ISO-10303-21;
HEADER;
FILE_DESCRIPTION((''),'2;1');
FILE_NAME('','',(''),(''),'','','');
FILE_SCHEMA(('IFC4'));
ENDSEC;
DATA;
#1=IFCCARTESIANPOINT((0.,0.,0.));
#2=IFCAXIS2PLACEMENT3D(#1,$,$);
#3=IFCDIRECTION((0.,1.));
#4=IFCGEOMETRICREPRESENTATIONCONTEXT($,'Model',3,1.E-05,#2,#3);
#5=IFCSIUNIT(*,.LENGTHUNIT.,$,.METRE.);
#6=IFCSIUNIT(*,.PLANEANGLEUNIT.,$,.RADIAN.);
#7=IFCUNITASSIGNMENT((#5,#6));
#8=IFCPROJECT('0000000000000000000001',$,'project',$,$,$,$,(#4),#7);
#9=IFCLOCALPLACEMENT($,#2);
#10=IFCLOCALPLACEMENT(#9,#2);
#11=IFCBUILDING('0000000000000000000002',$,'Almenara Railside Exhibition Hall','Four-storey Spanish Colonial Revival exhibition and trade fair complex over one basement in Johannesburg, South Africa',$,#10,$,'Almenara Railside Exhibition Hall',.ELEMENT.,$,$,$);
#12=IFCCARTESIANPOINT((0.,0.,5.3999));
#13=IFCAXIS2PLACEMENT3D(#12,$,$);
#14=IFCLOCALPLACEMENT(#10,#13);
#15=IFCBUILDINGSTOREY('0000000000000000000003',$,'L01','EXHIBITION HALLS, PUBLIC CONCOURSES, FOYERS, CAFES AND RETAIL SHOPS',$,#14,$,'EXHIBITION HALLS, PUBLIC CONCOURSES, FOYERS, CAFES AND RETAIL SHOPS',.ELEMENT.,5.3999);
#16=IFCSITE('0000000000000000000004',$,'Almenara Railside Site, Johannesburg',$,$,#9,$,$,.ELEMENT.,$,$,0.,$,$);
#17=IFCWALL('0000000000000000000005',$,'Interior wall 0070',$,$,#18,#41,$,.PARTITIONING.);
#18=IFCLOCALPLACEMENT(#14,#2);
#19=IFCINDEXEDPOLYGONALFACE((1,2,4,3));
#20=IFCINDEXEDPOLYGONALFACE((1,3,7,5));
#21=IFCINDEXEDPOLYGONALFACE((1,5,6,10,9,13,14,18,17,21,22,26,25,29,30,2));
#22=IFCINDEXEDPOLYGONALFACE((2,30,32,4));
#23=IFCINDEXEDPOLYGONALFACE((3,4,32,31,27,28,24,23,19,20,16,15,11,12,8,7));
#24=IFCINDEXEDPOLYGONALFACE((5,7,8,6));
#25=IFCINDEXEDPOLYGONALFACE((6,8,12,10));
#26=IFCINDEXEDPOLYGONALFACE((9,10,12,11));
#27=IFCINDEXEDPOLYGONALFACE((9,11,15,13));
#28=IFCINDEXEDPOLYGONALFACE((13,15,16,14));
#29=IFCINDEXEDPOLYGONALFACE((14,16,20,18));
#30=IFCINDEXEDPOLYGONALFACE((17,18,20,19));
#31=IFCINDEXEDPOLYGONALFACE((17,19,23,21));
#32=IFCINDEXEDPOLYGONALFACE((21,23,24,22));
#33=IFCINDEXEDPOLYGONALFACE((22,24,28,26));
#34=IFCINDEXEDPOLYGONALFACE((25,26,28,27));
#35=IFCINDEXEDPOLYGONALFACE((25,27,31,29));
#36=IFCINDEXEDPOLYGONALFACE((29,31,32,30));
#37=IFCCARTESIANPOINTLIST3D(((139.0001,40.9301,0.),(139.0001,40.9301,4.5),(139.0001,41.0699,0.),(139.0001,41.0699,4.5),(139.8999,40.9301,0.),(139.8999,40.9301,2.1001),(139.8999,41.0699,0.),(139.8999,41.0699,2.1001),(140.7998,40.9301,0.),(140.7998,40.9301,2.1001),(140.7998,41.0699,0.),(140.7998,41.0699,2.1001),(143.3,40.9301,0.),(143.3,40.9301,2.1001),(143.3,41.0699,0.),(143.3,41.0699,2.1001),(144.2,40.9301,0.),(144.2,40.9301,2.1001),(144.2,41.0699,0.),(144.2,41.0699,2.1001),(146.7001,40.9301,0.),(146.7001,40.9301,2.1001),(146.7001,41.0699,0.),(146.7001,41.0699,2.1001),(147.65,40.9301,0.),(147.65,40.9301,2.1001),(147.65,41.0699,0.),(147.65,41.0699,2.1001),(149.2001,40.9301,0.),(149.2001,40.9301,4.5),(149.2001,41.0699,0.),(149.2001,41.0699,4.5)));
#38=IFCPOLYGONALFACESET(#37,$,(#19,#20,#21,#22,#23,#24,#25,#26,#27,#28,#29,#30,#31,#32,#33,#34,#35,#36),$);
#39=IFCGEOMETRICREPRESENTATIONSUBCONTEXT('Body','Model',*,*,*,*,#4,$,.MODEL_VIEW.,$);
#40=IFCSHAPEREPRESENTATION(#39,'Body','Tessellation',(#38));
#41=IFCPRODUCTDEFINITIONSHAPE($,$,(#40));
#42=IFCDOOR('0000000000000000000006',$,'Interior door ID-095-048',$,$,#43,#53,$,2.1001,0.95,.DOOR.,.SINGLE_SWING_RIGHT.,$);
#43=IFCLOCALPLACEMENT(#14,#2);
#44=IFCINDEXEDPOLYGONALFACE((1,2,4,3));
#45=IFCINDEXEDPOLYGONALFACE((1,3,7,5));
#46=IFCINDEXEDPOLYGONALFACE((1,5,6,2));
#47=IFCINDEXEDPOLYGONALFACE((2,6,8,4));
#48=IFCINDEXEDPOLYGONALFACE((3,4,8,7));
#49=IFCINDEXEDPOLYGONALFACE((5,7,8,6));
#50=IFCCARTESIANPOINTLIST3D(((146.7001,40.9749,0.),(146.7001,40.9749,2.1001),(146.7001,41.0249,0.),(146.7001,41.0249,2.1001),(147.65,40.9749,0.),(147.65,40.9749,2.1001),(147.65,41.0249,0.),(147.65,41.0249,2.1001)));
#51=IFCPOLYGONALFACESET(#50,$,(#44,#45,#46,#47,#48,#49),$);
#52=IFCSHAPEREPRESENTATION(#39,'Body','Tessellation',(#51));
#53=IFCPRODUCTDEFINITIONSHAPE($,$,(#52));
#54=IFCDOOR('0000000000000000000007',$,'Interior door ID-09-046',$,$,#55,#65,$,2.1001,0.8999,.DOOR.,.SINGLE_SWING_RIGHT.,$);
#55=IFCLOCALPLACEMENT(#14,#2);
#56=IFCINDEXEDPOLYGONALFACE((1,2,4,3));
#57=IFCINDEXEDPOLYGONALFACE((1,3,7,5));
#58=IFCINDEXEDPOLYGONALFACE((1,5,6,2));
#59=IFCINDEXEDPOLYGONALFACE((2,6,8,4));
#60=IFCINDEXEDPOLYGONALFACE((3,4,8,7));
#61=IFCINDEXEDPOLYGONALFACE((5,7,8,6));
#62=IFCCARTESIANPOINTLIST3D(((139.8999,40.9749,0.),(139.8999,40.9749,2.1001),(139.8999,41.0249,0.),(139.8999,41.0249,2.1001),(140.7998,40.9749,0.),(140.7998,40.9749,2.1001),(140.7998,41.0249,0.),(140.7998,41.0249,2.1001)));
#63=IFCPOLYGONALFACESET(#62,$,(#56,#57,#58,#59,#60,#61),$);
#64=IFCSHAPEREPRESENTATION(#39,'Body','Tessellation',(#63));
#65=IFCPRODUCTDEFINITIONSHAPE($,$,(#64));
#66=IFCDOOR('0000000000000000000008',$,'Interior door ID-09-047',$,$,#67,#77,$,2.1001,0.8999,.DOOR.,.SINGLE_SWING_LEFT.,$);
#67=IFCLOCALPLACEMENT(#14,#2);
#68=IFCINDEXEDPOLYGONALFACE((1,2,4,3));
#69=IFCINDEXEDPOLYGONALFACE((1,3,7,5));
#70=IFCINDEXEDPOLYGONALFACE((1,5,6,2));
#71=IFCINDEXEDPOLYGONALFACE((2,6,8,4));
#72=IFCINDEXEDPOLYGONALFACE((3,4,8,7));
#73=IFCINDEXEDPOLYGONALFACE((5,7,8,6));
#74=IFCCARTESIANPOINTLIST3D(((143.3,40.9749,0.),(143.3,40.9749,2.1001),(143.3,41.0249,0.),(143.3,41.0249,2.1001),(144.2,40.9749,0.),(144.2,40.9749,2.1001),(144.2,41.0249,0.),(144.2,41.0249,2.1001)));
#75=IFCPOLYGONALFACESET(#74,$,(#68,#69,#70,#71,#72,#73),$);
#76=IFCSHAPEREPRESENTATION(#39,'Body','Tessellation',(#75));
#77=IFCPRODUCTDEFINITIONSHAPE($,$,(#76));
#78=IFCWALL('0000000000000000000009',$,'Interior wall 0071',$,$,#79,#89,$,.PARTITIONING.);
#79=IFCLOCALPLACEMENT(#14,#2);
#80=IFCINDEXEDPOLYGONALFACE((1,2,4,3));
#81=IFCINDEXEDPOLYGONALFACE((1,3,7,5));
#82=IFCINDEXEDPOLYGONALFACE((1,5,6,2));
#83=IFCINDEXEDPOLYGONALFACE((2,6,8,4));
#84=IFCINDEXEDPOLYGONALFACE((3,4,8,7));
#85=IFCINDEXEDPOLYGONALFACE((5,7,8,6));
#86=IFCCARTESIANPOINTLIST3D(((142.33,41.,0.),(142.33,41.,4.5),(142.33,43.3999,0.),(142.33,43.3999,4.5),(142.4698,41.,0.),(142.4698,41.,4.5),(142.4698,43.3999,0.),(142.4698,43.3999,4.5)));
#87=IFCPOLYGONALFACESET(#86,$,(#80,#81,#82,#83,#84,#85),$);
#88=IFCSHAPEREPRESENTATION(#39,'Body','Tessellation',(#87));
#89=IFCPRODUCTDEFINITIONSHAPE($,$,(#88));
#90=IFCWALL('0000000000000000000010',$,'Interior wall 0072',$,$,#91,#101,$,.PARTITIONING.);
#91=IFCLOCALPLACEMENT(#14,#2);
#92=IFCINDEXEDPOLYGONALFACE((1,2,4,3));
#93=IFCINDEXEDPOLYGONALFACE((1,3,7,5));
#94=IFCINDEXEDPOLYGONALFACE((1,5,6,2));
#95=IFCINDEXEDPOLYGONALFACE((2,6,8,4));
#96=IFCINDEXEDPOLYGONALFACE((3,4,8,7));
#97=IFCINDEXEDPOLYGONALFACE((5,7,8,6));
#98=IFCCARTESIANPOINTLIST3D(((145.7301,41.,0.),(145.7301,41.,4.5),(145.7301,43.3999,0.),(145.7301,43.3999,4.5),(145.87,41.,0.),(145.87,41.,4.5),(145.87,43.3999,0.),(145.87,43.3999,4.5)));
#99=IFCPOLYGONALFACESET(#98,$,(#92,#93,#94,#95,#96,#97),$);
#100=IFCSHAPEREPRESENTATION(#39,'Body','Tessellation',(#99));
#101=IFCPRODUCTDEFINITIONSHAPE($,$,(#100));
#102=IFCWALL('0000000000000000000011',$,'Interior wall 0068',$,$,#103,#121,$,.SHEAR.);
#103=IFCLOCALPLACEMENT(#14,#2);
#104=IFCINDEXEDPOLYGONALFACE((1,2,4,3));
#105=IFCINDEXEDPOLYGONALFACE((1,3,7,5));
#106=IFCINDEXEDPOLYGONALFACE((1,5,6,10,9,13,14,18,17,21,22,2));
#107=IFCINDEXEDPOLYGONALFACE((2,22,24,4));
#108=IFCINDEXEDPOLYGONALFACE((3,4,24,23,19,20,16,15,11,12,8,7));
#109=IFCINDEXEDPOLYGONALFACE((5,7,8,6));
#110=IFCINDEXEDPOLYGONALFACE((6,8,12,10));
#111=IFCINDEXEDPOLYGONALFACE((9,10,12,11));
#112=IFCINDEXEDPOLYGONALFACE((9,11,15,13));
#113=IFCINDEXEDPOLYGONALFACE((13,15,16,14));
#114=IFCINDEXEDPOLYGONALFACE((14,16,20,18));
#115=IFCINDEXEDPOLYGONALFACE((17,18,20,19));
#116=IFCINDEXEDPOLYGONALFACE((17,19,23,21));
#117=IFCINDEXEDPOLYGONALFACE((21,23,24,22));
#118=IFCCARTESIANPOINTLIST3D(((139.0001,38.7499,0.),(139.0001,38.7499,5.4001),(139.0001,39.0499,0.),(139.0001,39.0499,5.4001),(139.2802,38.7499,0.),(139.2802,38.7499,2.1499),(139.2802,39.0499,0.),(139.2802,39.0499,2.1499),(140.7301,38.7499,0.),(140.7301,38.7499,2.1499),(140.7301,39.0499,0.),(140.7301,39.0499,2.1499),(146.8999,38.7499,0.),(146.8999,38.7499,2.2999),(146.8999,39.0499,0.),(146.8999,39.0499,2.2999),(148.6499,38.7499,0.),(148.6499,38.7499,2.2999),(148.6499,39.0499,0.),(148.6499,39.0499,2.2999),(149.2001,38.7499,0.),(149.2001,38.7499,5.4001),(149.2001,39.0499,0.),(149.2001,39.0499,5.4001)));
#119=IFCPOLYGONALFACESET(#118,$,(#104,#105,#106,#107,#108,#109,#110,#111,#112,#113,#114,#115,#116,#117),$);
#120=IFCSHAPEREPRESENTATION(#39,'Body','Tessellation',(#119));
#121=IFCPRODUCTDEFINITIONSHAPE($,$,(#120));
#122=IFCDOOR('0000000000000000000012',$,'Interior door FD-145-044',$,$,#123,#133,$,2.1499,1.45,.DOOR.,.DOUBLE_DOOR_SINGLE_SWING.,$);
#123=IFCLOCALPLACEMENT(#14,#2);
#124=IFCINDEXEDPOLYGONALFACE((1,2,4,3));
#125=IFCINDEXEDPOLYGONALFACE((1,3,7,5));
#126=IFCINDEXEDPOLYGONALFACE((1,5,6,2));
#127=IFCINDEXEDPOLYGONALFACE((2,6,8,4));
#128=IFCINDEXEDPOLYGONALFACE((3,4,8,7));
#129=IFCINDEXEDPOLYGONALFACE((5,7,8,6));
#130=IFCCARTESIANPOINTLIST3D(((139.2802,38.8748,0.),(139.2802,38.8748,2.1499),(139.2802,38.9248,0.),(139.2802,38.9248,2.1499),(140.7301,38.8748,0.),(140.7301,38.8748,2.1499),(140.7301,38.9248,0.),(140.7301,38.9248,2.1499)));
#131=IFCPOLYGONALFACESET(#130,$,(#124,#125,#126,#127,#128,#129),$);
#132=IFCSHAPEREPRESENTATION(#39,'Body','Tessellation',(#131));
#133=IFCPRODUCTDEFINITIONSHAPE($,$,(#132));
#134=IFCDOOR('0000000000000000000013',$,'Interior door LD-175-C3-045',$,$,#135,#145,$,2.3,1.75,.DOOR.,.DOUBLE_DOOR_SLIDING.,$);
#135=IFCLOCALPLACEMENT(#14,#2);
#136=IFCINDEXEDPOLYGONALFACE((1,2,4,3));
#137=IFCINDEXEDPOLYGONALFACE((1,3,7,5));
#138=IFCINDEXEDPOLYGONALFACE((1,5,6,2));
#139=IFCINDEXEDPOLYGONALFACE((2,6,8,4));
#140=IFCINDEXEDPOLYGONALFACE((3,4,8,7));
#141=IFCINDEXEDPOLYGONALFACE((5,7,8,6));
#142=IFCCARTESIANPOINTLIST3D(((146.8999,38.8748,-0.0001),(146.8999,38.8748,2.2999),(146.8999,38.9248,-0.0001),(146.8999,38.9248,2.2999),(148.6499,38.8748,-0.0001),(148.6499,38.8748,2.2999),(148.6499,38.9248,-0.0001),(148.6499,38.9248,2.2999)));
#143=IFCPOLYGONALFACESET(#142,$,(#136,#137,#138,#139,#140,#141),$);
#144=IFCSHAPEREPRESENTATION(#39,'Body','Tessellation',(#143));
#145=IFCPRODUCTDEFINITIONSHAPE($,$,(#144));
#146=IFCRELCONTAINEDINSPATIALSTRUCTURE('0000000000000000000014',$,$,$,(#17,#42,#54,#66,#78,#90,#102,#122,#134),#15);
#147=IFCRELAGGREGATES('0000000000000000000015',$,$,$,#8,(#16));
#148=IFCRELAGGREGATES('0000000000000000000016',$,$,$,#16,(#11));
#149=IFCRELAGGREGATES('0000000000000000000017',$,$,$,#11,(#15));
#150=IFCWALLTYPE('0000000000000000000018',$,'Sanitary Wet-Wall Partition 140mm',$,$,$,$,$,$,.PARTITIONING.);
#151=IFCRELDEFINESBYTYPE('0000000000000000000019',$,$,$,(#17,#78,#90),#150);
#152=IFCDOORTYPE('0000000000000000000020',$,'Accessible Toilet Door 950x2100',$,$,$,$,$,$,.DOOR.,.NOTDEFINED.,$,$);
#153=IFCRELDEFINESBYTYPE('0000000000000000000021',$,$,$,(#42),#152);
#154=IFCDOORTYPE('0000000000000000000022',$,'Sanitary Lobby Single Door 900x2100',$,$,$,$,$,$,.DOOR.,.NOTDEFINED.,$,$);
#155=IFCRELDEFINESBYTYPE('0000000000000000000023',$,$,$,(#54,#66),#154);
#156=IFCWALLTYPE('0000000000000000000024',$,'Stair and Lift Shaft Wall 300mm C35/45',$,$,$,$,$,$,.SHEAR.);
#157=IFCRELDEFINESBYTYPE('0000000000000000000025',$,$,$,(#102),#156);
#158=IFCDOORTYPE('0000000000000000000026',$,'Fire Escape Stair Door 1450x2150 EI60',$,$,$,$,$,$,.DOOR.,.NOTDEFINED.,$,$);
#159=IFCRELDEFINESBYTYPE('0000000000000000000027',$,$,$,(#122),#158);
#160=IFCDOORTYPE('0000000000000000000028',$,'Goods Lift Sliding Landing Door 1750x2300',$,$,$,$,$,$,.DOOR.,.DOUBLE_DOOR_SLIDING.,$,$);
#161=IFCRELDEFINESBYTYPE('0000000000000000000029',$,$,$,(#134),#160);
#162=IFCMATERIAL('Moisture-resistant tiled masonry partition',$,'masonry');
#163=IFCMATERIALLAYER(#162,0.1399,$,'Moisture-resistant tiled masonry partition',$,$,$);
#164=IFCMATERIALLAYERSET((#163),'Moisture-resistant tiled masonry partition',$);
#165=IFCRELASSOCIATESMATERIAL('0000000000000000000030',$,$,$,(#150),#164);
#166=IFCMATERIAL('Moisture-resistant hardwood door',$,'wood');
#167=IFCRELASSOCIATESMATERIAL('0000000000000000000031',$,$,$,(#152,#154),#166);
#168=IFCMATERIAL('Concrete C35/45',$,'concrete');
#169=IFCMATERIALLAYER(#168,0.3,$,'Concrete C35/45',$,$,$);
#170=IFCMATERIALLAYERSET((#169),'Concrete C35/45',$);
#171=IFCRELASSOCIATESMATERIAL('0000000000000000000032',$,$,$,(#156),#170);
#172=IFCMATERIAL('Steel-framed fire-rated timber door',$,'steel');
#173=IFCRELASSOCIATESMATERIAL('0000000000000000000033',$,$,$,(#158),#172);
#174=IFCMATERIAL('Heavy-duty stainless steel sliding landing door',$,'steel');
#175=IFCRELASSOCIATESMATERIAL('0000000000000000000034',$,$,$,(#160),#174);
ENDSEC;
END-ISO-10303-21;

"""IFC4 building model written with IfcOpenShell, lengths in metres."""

from ifc_helpers import new_model, si_unit, direction, frame, frame_2d, origin, place, context, subcontext, project, spatial, rectangle, extrude, material, layer, layer_set, type_object, element, fill, save


model = new_model("IFC4")

# Units and contexts
model_context = context("Model", 3, precision=1e-05, world=origin(), true_north=direction((0.0, 1.0)))
body_context = subcontext(model_context, "Body", "Model", "MODEL_VIEW")
ifc_project = project(units=[si_unit("LENGTHUNIT", "METRE"), si_unit("PLANEANGLEUNIT", "RADIAN")], contexts=[model_context])

# Site, building, storey
site_placement = place(None, origin())
site = spatial("IfcSite", under=ifc_project, at=site_placement, Name="Almenara Railside Site, Johannesburg", CompositionType="ELEMENT", RefElevation=0.0)
building_placement = place(site_placement, origin())
building = spatial("IfcBuilding", under=site, at=building_placement, Name="Almenara Railside Exhibition Hall", Description="Four-storey Spanish Colonial Revival exhibition and trade fair complex over one basement in Johannesburg, South Africa", LongName="Almenara Railside Exhibition Hall", CompositionType="ELEMENT")
storey_placement = place(building_placement, frame((0.0, 0.0, 5.3999)))
storey = spatial("IfcBuildingStorey", under=building, at=storey_placement, Name="L01", Description="EXHIBITION HALLS, PUBLIC CONCOURSES, FOYERS, CAFES AND RETAIL SHOPS", LongName="EXHIBITION HALLS, PUBLIC CONCOURSES, FOYERS, CAFES AND RETAIL SHOPS", CompositionType="ELEMENT", Elevation=5.3999)

# Shared definitions
ifc_material_1 = material(Name="Concrete C35/45", Category="concrete")

# Wall, openings, doors
ifc_material_2 = material(Name="Moisture-resistant tiled masonry partition", Category="masonry")
ifc_layer_1 = layer(ifc_material_2, 0.1399, Name="Moisture-resistant tiled masonry partition")
ifc_layer_set_1 = layer_set([ifc_layer_1], Name="Moisture-resistant tiled masonry partition")
wall_type_1 = type_object("IfcWallType", Name="Sanitary Wet-Wall Partition 140mm", PredefinedType="PARTITIONING", material=ifc_layer_set_1)
wall_1_placement = place(storey_placement, frame((139.0, 41.0, 0.0), z_axis=(0.0, 0.0, 1.0), x_axis=(1.0, 0.0, 0.0)))
wall_1 = element("IfcWall", 1, at=wall_1_placement, inside=storey, type_object=wall_type_1, Name="Interior wall 0070", PredefinedType="PARTITIONING", context=body_context, shape_type="SweptSolid", body=[
    extrude(rectangle(XDim=10.2, YDim=0.1399, at=frame_2d((5.1001, 0.0))), origin(), (0.0, 0.0, 1.0), 4.5),
])
opening_1_placement = place(wall_1_placement, frame((0.8999, 0.0, 0.0)))
opening_1 = element("IfcOpeningElement", 2, at=opening_1_placement, cuts=wall_1, PredefinedType="OPENING", context=body_context, shape_type="SweptSolid", body=[
    extrude(rectangle(XDim=0.8999, YDim=2.1001, at=frame_2d((0.45, 1.05))), frame((0.0, 0.0798, 0.0), z_axis=(0.0, -1.0, 0.0), x_axis=(1.0, 0.0, 0.0)), (0.0, 0.0, 1.0), 0.1599),
])
opening_2_placement = place(wall_1_placement, frame((4.3, 0.0, 0.0)))
opening_2 = element("IfcOpeningElement", 3, at=opening_2_placement, cuts=wall_1, PredefinedType="OPENING", context=body_context, shape_type="SweptSolid", body=[
    extrude(rectangle(XDim=0.8999, YDim=2.1001, at=frame_2d((0.45, 1.05))), frame((0.0, 0.0798, 0.0), z_axis=(0.0, -1.0, 0.0), x_axis=(1.0, 0.0, 0.0)), (0.0, 0.0, 1.0), 0.1599),
])
opening_3_placement = place(wall_1_placement, frame((7.7, 0.0, 0.0)))
opening_3 = element("IfcOpeningElement", 4, at=opening_3_placement, cuts=wall_1, PredefinedType="OPENING", context=body_context, shape_type="SweptSolid", body=[
    extrude(rectangle(XDim=0.95, YDim=2.1001, at=frame_2d((0.4751, 1.05))), frame((0.0, 0.0798, 0.0), z_axis=(0.0, -1.0, 0.0), x_axis=(1.0, 0.0, 0.0)), (0.0, 0.0, 1.0), 0.1599),
])
ifc_material_3 = material(Name="Moisture-resistant hardwood door", Category="wood")
door_type_1 = type_object("IfcDoorType", Name="Accessible Toilet Door 950x2100", OperationType="NOTDEFINED", PredefinedType="DOOR", material=ifc_material_3)
door_1_placement = place(opening_3_placement, origin())
door_1 = element("IfcDoor", 5, at=door_1_placement, inside=storey, type_object=door_type_1, Name="Interior door ID-095-048", OperationType="SINGLE_SWING_RIGHT", OverallHeight=2.1001, OverallWidth=0.95, PredefinedType="DOOR", context=body_context, shape_type="SweptSolid", body=[
    extrude(rectangle(XDim=0.95, YDim=2.1001, at=frame_2d((0.4751, 1.05))), frame((0.0, 0.0249, 0.0), z_axis=(0.0, -1.0, 0.0), x_axis=(1.0, 0.0, 0.0)), (0.0, 0.0, 1.0), 0.05),
])
fill(opening_3, door_1)
door_type_2 = type_object("IfcDoorType", Name="Sanitary Lobby Single Door 900x2100", OperationType="NOTDEFINED", PredefinedType="DOOR", material=ifc_material_3)
door_2_placement = place(opening_1_placement, origin())
door_2 = element("IfcDoor", 6, at=door_2_placement, inside=storey, type_object=door_type_2, Name="Interior door ID-09-046", OperationType="SINGLE_SWING_RIGHT", OverallHeight=2.1001, OverallWidth=0.8999, PredefinedType="DOOR", context=body_context, shape_type="SweptSolid", body=[
    extrude(rectangle(XDim=0.8999, YDim=2.1001, at=frame_2d((0.45, 1.05))), frame((0.0, 0.0249, 0.0), z_axis=(0.0, -1.0, 0.0), x_axis=(1.0, 0.0, 0.0)), (0.0, 0.0, 1.0), 0.05),
])
fill(opening_1, door_2)
door_3_placement = place(opening_2_placement, origin())
door_3 = element("IfcDoor", 7, at=door_3_placement, inside=storey, type_object=door_type_2, Name="Interior door ID-09-047", OperationType="SINGLE_SWING_LEFT", OverallHeight=2.1001, OverallWidth=0.8999, PredefinedType="DOOR", context=body_context, shape_type="SweptSolid", body=[
    extrude(rectangle(XDim=0.8999, YDim=2.1001, at=frame_2d((0.45, 1.05))), frame((0.0, 0.0249, 0.0), z_axis=(0.0, -1.0, 0.0), x_axis=(1.0, 0.0, 0.0)), (0.0, 0.0, 1.0), 0.05),
])
fill(opening_2, door_3)

# Walls
for number, where, z_axis, x_axis, name in (
    (8, (142.3999, 41.0, 0.0), (0.0, 0.0, 1.0), (0.0, 1.0, 0.0), "Interior wall 0071"),
    (9, (145.8, 41.0, 0.0), (0.0, 0.0, 1.0), (0.0, 1.0, 0.0), "Interior wall 0072"),
):
    element("IfcWall", number, at=place(storey_placement, frame(where, z_axis=z_axis, x_axis=x_axis)), inside=storey, type_object=wall_type_1, Name=name, PredefinedType="PARTITIONING", context=body_context, shape_type="SweptSolid", body=[
        extrude(rectangle(XDim=2.3999, YDim=0.1399, at=frame_2d((1.2, 0.0))), origin(), (0.0, 0.0, 1.0), 4.5),
    ])

# Wall, openings, doors
ifc_layer_2 = layer(ifc_material_1, 0.3, Name="Concrete C35/45")
ifc_layer_set_2 = layer_set([ifc_layer_2], Name="Concrete C35/45")
wall_type_2 = type_object("IfcWallType", Name="Stair and Lift Shaft Wall 300mm C35/45", PredefinedType="SHEAR", material=ifc_layer_set_2)
wall_2_placement = place(storey_placement, frame((139.0, 38.8999, 0.0), z_axis=(0.0, 0.0, 1.0), x_axis=(1.0, 0.0, 0.0)))
wall_2 = element("IfcWall", 10, at=wall_2_placement, inside=storey, type_object=wall_type_2, Name="Interior wall 0068", PredefinedType="SHEAR", context=body_context, shape_type="SweptSolid", body=[
    extrude(rectangle(XDim=10.2, YDim=0.3, at=frame_2d((5.1001, 0.0))), origin(), (0.0, 0.0, 1.0), 5.4001),
])
opening_4_placement = place(wall_2_placement, frame((0.28, 0.0, 0.0)))
opening_4 = element("IfcOpeningElement", 11, at=opening_4_placement, cuts=wall_2, PredefinedType="OPENING", context=body_context, shape_type="SweptSolid", body=[
    extrude(rectangle(XDim=1.45, YDim=2.1499, at=frame_2d((0.7251, 1.075))), frame((0.0, 0.1599, 0.0), z_axis=(0.0, -1.0, 0.0), x_axis=(1.0, 0.0, 0.0)), (0.0, 0.0, 1.0), 0.3201),
])
opening_5_placement = place(wall_2_placement, frame((7.8999, 0.0, 0.0)))
opening_5 = element("IfcOpeningElement", 12, at=opening_5_placement, cuts=wall_2, PredefinedType="OPENING", context=body_context, shape_type="SweptSolid", body=[
    extrude(rectangle(XDim=1.75, YDim=2.3, at=frame_2d((0.875, 1.1499))), frame((0.0, 0.1599, 0.0), z_axis=(0.0, -1.0, 0.0), x_axis=(1.0, 0.0, 0.0)), (0.0, 0.0, 1.0), 0.3201),
])
ifc_material_4 = material(Name="Steel-framed fire-rated timber door", Category="steel")
door_type_3 = type_object("IfcDoorType", Name="Fire Escape Stair Door 1450x2150 EI60", OperationType="NOTDEFINED", PredefinedType="DOOR", material=ifc_material_4)
door_4_placement = place(opening_4_placement, origin())
door_4 = element("IfcDoor", 13, at=door_4_placement, inside=storey, type_object=door_type_3, Name="Interior door FD-145-044", OperationType="DOUBLE_DOOR_SINGLE_SWING", OverallHeight=2.1499, OverallWidth=1.45, PredefinedType="DOOR", context=body_context, shape_type="SweptSolid", body=[
    extrude(rectangle(XDim=1.45, YDim=2.1499, at=frame_2d((0.7251, 1.075))), frame((0.0, 0.0249, 0.0), z_axis=(0.0, -1.0, 0.0), x_axis=(1.0, 0.0, 0.0)), (0.0, 0.0, 1.0), 0.05),
])
fill(opening_4, door_4)
ifc_material_5 = material(Name="Heavy-duty stainless steel sliding landing door", Category="steel")
door_type_4 = type_object("IfcDoorType", Name="Goods Lift Sliding Landing Door 1750x2300", OperationType="DOUBLE_DOOR_SLIDING", PredefinedType="DOOR", material=ifc_material_5)
door_5_placement = place(opening_5_placement, origin())
door_5 = element("IfcDoor", 14, at=door_5_placement, inside=storey, type_object=door_type_4, Name="Interior door LD-175-C3-045", OperationType="DOUBLE_DOOR_SLIDING", OverallHeight=2.3, OverallWidth=1.75, PredefinedType="DOOR", context=body_context, shape_type="SweptSolid", body=[
    extrude(rectangle(XDim=1.75, YDim=2.3, at=frame_2d((0.875, 1.1499))), frame((0.0, 0.0249, 0.0), z_axis=(0.0, -1.0, 0.0), x_axis=(1.0, 0.0, 0.0)), (0.0, 0.0, 1.0), 0.05),
])
fill(opening_5, door_5)

save(model, "model.ifc")
